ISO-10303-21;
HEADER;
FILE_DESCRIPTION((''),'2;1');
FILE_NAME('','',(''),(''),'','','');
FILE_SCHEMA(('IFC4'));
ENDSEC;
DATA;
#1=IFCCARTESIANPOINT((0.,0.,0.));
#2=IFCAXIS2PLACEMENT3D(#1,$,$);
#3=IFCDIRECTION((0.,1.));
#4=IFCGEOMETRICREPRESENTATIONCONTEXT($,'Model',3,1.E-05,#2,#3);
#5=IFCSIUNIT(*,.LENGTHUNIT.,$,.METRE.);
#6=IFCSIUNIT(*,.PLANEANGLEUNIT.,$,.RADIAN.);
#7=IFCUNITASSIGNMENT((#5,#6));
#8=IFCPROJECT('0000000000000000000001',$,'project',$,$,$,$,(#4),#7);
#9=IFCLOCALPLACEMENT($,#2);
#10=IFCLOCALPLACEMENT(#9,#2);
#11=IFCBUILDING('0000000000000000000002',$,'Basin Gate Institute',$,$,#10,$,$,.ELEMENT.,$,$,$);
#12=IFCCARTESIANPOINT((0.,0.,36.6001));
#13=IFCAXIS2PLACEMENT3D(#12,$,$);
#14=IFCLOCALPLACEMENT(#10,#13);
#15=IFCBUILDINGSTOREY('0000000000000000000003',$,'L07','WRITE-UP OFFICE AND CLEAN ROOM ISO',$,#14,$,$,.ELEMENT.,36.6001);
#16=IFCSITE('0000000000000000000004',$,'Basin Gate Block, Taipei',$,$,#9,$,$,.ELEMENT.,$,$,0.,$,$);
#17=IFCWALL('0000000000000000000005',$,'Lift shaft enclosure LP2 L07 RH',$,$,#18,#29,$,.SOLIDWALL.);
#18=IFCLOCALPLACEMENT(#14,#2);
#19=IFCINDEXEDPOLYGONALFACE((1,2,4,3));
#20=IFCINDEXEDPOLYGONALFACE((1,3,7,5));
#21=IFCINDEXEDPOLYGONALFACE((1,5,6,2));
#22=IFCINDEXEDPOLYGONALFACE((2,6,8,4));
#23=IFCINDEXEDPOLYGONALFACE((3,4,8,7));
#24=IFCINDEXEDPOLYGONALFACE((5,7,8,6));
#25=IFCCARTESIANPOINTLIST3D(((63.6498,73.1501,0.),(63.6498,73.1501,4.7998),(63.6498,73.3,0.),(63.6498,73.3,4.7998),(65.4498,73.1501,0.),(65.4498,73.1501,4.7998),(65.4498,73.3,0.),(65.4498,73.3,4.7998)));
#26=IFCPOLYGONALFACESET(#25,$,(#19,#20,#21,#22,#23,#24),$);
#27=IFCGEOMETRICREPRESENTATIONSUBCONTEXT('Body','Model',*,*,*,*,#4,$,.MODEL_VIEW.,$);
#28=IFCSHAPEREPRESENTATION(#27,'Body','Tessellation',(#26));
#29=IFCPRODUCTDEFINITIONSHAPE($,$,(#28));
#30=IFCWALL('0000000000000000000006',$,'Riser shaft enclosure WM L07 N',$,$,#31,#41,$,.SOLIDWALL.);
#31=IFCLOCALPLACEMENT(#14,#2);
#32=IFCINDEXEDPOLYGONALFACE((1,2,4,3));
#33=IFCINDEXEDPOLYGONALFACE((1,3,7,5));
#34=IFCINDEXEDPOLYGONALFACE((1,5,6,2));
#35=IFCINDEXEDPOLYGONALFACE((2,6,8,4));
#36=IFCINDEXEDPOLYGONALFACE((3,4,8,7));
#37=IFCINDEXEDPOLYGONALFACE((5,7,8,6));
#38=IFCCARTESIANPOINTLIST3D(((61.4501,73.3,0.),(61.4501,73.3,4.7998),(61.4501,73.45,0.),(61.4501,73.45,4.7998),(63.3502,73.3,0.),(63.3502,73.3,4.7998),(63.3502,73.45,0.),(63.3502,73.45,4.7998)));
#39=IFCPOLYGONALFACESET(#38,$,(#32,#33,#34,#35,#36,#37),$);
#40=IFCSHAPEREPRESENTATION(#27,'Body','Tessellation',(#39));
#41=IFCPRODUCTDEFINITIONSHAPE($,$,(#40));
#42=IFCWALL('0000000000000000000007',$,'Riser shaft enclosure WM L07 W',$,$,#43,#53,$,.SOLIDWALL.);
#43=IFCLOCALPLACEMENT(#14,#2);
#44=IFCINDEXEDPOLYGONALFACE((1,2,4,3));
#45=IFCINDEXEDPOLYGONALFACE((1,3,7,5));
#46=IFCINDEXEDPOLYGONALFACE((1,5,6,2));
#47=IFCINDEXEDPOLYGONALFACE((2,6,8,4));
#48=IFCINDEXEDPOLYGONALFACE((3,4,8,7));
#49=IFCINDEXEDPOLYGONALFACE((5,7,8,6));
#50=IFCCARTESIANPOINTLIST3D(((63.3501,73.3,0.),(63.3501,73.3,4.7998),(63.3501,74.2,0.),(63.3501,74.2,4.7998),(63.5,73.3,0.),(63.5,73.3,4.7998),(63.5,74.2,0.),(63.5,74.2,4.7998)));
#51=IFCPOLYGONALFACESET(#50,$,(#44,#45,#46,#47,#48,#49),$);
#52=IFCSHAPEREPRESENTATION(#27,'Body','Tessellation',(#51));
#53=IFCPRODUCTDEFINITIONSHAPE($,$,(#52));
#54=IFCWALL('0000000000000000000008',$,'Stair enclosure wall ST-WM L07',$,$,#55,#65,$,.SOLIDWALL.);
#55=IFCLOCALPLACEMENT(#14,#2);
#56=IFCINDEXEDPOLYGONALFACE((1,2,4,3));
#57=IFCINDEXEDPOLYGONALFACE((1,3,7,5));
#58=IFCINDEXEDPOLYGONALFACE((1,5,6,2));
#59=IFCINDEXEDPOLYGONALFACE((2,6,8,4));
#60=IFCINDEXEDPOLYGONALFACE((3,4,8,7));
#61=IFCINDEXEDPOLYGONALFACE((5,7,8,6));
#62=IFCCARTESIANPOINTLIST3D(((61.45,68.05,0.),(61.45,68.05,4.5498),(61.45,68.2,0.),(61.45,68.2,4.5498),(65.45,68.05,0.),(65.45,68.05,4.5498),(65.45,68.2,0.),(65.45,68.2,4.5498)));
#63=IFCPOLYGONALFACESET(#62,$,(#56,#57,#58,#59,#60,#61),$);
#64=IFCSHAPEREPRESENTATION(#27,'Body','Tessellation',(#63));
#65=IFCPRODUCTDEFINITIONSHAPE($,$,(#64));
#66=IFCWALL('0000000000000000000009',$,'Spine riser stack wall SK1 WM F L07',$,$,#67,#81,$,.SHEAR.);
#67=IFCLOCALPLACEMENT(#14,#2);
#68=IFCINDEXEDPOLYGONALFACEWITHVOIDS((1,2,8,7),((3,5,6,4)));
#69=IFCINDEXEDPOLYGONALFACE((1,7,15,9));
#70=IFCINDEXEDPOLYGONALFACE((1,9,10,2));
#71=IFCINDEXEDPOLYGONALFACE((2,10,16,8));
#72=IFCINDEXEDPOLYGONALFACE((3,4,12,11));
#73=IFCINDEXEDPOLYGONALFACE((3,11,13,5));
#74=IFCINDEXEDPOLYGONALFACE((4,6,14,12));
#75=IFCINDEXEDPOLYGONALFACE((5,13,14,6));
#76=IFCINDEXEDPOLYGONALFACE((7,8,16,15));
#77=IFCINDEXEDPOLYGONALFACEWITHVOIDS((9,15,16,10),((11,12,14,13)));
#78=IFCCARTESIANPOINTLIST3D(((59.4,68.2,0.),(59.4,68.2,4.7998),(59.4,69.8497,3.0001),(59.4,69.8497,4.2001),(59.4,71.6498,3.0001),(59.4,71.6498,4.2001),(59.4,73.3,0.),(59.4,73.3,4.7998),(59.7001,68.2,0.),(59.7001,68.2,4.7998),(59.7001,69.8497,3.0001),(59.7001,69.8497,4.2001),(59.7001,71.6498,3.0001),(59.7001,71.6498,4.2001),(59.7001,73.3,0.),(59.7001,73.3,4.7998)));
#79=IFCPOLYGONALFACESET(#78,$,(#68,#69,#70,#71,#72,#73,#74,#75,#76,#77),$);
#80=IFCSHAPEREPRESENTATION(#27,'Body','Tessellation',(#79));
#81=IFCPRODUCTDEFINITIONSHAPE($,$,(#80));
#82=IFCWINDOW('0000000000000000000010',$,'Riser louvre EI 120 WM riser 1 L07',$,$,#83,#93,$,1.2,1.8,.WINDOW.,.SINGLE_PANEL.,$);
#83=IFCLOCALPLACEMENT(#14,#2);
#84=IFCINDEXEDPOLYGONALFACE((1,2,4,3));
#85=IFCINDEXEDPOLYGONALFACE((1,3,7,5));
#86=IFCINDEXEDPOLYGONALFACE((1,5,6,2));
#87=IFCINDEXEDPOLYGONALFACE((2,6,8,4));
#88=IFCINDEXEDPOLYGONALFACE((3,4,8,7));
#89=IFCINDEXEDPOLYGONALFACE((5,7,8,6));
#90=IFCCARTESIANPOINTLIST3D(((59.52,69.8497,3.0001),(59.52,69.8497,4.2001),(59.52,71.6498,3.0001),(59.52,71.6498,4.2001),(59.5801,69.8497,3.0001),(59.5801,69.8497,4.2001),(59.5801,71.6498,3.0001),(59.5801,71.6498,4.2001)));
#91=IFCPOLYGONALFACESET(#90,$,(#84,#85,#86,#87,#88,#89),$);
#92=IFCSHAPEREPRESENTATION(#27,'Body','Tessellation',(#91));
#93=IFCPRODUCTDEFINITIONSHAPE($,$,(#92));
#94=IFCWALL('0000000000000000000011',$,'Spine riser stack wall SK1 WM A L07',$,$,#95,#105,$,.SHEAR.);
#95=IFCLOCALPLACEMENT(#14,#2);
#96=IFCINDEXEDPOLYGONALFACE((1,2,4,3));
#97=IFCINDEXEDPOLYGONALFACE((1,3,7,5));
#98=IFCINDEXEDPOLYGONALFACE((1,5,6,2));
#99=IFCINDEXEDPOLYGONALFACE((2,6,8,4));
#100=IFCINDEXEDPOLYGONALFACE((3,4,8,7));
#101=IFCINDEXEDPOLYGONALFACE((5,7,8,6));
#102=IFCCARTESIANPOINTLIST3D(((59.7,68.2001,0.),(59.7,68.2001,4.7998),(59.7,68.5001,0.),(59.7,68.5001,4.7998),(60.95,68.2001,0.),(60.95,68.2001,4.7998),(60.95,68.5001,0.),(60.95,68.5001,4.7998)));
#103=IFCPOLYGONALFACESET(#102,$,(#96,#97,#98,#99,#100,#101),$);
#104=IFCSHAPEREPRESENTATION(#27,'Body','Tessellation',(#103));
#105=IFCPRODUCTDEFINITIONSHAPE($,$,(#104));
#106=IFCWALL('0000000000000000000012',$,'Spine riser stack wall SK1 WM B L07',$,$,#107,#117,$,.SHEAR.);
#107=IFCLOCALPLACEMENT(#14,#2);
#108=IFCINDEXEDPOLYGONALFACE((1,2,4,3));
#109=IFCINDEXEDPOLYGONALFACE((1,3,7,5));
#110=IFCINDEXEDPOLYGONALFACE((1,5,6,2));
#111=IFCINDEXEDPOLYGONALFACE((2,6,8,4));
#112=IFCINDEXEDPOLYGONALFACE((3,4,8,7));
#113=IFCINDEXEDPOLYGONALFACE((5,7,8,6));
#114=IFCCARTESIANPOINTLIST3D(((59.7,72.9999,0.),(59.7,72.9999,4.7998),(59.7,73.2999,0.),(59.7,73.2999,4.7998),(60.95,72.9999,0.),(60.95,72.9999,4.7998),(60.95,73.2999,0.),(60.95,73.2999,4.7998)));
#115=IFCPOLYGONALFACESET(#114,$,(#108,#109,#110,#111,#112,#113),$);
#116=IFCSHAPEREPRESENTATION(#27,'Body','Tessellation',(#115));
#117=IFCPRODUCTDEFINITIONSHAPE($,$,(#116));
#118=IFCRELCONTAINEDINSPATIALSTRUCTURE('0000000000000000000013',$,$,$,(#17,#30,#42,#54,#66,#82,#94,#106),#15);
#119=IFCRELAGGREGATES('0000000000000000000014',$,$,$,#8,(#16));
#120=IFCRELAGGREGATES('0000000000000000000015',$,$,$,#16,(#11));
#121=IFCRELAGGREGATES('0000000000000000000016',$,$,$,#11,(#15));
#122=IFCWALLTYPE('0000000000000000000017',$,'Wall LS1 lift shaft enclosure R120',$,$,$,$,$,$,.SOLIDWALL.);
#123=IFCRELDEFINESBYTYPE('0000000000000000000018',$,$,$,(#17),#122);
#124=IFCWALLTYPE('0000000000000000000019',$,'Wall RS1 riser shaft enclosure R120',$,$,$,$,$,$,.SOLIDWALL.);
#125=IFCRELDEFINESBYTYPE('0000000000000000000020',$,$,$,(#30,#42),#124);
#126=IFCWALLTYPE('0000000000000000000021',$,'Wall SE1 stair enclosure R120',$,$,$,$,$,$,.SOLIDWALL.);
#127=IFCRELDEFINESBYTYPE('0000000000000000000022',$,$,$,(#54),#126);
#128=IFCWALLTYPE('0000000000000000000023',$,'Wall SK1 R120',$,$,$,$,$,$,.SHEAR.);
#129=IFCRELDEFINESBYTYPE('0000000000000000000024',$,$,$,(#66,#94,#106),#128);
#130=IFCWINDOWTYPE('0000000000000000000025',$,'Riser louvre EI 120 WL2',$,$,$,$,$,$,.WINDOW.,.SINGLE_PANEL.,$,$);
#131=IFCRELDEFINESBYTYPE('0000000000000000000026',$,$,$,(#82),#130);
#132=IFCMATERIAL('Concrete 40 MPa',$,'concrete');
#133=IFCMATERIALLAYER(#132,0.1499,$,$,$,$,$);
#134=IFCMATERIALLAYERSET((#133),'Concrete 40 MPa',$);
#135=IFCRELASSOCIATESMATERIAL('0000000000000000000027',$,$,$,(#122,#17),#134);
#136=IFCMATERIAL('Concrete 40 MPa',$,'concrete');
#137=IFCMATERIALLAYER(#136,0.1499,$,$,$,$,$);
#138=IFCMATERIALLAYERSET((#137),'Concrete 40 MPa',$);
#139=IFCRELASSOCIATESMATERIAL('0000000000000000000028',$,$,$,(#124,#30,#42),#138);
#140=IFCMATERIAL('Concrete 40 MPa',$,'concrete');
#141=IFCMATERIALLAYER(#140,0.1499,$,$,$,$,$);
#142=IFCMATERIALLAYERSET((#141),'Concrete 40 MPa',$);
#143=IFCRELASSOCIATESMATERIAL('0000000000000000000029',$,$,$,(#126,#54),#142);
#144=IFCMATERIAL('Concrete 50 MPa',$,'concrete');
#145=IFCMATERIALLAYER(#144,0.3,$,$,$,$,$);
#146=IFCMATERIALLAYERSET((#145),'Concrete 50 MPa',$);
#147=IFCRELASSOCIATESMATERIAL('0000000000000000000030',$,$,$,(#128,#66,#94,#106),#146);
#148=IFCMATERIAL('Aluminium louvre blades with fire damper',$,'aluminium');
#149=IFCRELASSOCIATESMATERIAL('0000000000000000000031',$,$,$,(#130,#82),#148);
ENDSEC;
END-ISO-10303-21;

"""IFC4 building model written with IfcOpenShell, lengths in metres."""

from ifc_helpers import new_model, si_unit, direction, frame, frame_2d, origin, place, context, subcontext, project, spatial, rectangle, extrude, material, layer, layer_set, type_object, element, fill, save


model = new_model("IFC4")

# Units and contexts
model_context = context("Model", 3, precision=1e-05, world=origin(), true_north=direction((0.0, 1.0)))
body_context = subcontext(model_context, "Body", "Model", "MODEL_VIEW")
ifc_project = project(units=[si_unit("LENGTHUNIT", "METRE"), si_unit("PLANEANGLEUNIT", "RADIAN")], contexts=[model_context])

# Site, building, storey
site_placement = place(None, origin())
site = spatial("IfcSite", under=ifc_project, at=site_placement, Name="Basin Gate Block, Taipei", CompositionType="ELEMENT", RefElevation=0.0)
building_placement = place(site_placement, origin())
building = spatial("IfcBuilding", under=site, at=building_placement, Name="Basin Gate Institute", CompositionType="ELEMENT")
storey_placement = place(building_placement, frame((0.0, 0.0, 36.6001)))
storey = spatial("IfcBuildingStorey", under=building, at=storey_placement, Name="L07", Description="WRITE-UP OFFICE AND CLEAN ROOM ISO", CompositionType="ELEMENT", Elevation=36.6001)

# Walls
ifc_material_1 = material(Name="Concrete 40 MPa", Category="concrete")
ifc_layer_1 = layer(ifc_material_1, 0.1499)
ifc_layer_set_1 = layer_set([ifc_layer_1], Name="Concrete 40 MPa")
wall_type_1 = type_object("IfcWallType", Name="Wall LS1 lift shaft enclosure R120", PredefinedType="SOLIDWALL", material=ifc_layer_set_1)
for number, where, z_axis, x_axis, name in (
    (1, (63.6499, 73.2251, 0.0), (0.0, 0.0, 1.0), (1.0, 0.0, 0.0), "Lift shaft enclosure LP2 L07 RH"),
):
    element("IfcWall", number, at=place(storey_placement, frame(where, z_axis=z_axis, x_axis=x_axis)), inside=storey, type_object=wall_type_1, material=ifc_layer_set_1, Name=name, PredefinedType="SOLIDWALL", context=body_context, shape_type="SweptSolid", body=[
        extrude(rectangle(XDim=1.8, YDim=0.1499, at=frame_2d((0.8999, 0.0))), origin(), (0.0, 0.0, 1.0), 4.7998),
    ])
ifc_material_2 = material(Name="Concrete 40 MPa", Category="concrete")
ifc_layer_2 = layer(ifc_material_2, 0.1499)
ifc_layer_set_2 = layer_set([ifc_layer_2], Name="Concrete 40 MPa")
wall_type_2 = type_object("IfcWallType", Name="Wall RS1 riser shaft enclosure R120", PredefinedType="SOLIDWALL", material=ifc_layer_set_2)
wall_1_placement = place(storey_placement, frame((61.45, 73.375, 0.0), z_axis=(0.0, 0.0, 1.0), x_axis=(1.0, 0.0, 0.0)))
element("IfcWall", 2, at=wall_1_placement, inside=storey, type_object=wall_type_2, material=ifc_layer_set_2, Name="Riser shaft enclosure WM L07 N", PredefinedType="SOLIDWALL", context=body_context, shape_type="SweptSolid", body=[
    extrude(rectangle(XDim=1.9001, YDim=0.1499, at=frame_2d((0.9502, 0.0))), origin(), (0.0, 0.0, 1.0), 4.7998),
])
wall_2_placement = place(storey_placement, frame((63.425, 73.3, 0.0), z_axis=(0.0, 0.0, 1.0), x_axis=(0.0, 1.0, 0.0)))
element("IfcWall", 3, at=wall_2_placement, inside=storey, type_object=wall_type_2, material=ifc_layer_set_2, Name="Riser shaft enclosure WM L07 W", PredefinedType="SOLIDWALL", context=body_context, shape_type="SweptSolid", body=[
    extrude(rectangle(XDim=0.8999, YDim=0.1499, at=frame_2d((0.45, 0.0))), origin(), (0.0, 0.0, 1.0), 4.7998),
])
ifc_material_3 = material(Name="Concrete 40 MPa", Category="concrete")
ifc_layer_3 = layer(ifc_material_3, 0.1499)
ifc_layer_set_3 = layer_set([ifc_layer_3], Name="Concrete 40 MPa")
wall_type_3 = type_object("IfcWallType", Name="Wall SE1 stair enclosure R120", PredefinedType="SOLIDWALL", material=ifc_layer_set_3)
wall_3_placement = place(storey_placement, frame((61.45, 68.125, 0.0), z_axis=(0.0, 0.0, 1.0), x_axis=(1.0, 0.0, 0.0)))
element("IfcWall", 4, at=wall_3_placement, inside=storey, type_object=wall_type_3, material=ifc_layer_set_3, Name="Stair enclosure wall ST-WM L07", PredefinedType="SOLIDWALL", context=body_context, shape_type="SweptSolid", body=[
    extrude(rectangle(XDim=4.0, YDim=0.1499, at=frame_2d((2.0, 0.0))), origin(), (0.0, 0.0, 1.0), 4.5498),
])

# Wall, opening, window
ifc_material_4 = material(Name="Concrete 50 MPa", Category="concrete")
ifc_layer_4 = layer(ifc_material_4, 0.3)
ifc_layer_set_4 = layer_set([ifc_layer_4], Name="Concrete 50 MPa")
wall_type_4 = type_object("IfcWallType", Name="Wall SK1 R120", PredefinedType="SHEAR", material=ifc_layer_set_4)
wall_4_placement = place(storey_placement, frame((59.55, 68.2, 0.0), z_axis=(0.0, 0.0, 1.0), x_axis=(0.0, 1.0, 0.0)))
wall_4 = element("IfcWall", 5, at=wall_4_placement, inside=storey, type_object=wall_type_4, material=ifc_layer_set_4, Name="Spine riser stack wall SK1 WM F L07", PredefinedType="SHEAR", context=body_context, shape_type="SweptSolid", body=[
    extrude(rectangle(XDim=5.1001, YDim=0.3, at=frame_2d((2.55, 0.0))), origin(), (0.0, 0.0, 1.0), 4.7998),
])
opening_1_placement = place(wall_4_placement, frame((1.6499, 0.0, 3.0)))
opening_1 = element("IfcOpeningElement", 6, at=opening_1_placement, cuts=wall_4, PredefinedType="OPENING", context=body_context, shape_type="SweptSolid", body=[
    extrude(rectangle(XDim=1.8, YDim=1.2, at=frame_2d((0.8999, 0.6001))), frame((0.0, 0.1602, 0.0), z_axis=(0.0, -1.0, 0.0), x_axis=(1.0, 0.0, 0.0)), (0.0, 0.0, 1.0), 0.3201),
])
ifc_material_5 = material(Name="Aluminium louvre blades with fire damper", Category="aluminium")
window_type = type_object("IfcWindowType", Name="Riser louvre EI 120 WL2", PartitioningType="SINGLE_PANEL", PredefinedType="WINDOW", material=ifc_material_5)
window_placement = place(opening_1_placement, origin())
window = element("IfcWindow", 7, at=window_placement, inside=storey, type_object=window_type, material=ifc_material_5, Name="Riser louvre EI 120 WM riser 1 L07", OverallHeight=1.2, OverallWidth=1.8, PartitioningType="SINGLE_PANEL", PredefinedType="WINDOW", context=body_context, shape_type="SweptSolid", body=[
    extrude(rectangle(XDim=1.8, YDim=1.2, at=frame_2d((0.8999, 0.6001))), frame((0.0, 0.03, 0.0), z_axis=(0.0, -1.0, 0.0), x_axis=(1.0, 0.0, 0.0)), (0.0, 0.0, 1.0), 0.0601),
])
fill(opening_1, window)

# Walls
for number, where, z_axis, x_axis, name in (
    (8, (60.95, 68.3501, 0.0), (0.0, 0.0, 1.0), (-1.0, 0.0, 0.0), "Spine riser stack wall SK1 WM A L07"),
    (9, (60.95, 73.1499, 0.0), (0.0, 0.0, 1.0), (-1.0, 0.0, 0.0), "Spine riser stack wall SK1 WM B L07"),
):
    element("IfcWall", number, at=place(storey_placement, frame(where, z_axis=z_axis, x_axis=x_axis)), inside=storey, type_object=wall_type_4, material=ifc_layer_set_4, Name=name, PredefinedType="SHEAR", context=body_context, shape_type="SweptSolid", body=[
        extrude(rectangle(XDim=1.25, YDim=0.3, at=frame_2d((0.625, 0.0))), origin(), (0.0, 0.0, 1.0), 4.7998),
    ])

save(model, "model.ifc")
